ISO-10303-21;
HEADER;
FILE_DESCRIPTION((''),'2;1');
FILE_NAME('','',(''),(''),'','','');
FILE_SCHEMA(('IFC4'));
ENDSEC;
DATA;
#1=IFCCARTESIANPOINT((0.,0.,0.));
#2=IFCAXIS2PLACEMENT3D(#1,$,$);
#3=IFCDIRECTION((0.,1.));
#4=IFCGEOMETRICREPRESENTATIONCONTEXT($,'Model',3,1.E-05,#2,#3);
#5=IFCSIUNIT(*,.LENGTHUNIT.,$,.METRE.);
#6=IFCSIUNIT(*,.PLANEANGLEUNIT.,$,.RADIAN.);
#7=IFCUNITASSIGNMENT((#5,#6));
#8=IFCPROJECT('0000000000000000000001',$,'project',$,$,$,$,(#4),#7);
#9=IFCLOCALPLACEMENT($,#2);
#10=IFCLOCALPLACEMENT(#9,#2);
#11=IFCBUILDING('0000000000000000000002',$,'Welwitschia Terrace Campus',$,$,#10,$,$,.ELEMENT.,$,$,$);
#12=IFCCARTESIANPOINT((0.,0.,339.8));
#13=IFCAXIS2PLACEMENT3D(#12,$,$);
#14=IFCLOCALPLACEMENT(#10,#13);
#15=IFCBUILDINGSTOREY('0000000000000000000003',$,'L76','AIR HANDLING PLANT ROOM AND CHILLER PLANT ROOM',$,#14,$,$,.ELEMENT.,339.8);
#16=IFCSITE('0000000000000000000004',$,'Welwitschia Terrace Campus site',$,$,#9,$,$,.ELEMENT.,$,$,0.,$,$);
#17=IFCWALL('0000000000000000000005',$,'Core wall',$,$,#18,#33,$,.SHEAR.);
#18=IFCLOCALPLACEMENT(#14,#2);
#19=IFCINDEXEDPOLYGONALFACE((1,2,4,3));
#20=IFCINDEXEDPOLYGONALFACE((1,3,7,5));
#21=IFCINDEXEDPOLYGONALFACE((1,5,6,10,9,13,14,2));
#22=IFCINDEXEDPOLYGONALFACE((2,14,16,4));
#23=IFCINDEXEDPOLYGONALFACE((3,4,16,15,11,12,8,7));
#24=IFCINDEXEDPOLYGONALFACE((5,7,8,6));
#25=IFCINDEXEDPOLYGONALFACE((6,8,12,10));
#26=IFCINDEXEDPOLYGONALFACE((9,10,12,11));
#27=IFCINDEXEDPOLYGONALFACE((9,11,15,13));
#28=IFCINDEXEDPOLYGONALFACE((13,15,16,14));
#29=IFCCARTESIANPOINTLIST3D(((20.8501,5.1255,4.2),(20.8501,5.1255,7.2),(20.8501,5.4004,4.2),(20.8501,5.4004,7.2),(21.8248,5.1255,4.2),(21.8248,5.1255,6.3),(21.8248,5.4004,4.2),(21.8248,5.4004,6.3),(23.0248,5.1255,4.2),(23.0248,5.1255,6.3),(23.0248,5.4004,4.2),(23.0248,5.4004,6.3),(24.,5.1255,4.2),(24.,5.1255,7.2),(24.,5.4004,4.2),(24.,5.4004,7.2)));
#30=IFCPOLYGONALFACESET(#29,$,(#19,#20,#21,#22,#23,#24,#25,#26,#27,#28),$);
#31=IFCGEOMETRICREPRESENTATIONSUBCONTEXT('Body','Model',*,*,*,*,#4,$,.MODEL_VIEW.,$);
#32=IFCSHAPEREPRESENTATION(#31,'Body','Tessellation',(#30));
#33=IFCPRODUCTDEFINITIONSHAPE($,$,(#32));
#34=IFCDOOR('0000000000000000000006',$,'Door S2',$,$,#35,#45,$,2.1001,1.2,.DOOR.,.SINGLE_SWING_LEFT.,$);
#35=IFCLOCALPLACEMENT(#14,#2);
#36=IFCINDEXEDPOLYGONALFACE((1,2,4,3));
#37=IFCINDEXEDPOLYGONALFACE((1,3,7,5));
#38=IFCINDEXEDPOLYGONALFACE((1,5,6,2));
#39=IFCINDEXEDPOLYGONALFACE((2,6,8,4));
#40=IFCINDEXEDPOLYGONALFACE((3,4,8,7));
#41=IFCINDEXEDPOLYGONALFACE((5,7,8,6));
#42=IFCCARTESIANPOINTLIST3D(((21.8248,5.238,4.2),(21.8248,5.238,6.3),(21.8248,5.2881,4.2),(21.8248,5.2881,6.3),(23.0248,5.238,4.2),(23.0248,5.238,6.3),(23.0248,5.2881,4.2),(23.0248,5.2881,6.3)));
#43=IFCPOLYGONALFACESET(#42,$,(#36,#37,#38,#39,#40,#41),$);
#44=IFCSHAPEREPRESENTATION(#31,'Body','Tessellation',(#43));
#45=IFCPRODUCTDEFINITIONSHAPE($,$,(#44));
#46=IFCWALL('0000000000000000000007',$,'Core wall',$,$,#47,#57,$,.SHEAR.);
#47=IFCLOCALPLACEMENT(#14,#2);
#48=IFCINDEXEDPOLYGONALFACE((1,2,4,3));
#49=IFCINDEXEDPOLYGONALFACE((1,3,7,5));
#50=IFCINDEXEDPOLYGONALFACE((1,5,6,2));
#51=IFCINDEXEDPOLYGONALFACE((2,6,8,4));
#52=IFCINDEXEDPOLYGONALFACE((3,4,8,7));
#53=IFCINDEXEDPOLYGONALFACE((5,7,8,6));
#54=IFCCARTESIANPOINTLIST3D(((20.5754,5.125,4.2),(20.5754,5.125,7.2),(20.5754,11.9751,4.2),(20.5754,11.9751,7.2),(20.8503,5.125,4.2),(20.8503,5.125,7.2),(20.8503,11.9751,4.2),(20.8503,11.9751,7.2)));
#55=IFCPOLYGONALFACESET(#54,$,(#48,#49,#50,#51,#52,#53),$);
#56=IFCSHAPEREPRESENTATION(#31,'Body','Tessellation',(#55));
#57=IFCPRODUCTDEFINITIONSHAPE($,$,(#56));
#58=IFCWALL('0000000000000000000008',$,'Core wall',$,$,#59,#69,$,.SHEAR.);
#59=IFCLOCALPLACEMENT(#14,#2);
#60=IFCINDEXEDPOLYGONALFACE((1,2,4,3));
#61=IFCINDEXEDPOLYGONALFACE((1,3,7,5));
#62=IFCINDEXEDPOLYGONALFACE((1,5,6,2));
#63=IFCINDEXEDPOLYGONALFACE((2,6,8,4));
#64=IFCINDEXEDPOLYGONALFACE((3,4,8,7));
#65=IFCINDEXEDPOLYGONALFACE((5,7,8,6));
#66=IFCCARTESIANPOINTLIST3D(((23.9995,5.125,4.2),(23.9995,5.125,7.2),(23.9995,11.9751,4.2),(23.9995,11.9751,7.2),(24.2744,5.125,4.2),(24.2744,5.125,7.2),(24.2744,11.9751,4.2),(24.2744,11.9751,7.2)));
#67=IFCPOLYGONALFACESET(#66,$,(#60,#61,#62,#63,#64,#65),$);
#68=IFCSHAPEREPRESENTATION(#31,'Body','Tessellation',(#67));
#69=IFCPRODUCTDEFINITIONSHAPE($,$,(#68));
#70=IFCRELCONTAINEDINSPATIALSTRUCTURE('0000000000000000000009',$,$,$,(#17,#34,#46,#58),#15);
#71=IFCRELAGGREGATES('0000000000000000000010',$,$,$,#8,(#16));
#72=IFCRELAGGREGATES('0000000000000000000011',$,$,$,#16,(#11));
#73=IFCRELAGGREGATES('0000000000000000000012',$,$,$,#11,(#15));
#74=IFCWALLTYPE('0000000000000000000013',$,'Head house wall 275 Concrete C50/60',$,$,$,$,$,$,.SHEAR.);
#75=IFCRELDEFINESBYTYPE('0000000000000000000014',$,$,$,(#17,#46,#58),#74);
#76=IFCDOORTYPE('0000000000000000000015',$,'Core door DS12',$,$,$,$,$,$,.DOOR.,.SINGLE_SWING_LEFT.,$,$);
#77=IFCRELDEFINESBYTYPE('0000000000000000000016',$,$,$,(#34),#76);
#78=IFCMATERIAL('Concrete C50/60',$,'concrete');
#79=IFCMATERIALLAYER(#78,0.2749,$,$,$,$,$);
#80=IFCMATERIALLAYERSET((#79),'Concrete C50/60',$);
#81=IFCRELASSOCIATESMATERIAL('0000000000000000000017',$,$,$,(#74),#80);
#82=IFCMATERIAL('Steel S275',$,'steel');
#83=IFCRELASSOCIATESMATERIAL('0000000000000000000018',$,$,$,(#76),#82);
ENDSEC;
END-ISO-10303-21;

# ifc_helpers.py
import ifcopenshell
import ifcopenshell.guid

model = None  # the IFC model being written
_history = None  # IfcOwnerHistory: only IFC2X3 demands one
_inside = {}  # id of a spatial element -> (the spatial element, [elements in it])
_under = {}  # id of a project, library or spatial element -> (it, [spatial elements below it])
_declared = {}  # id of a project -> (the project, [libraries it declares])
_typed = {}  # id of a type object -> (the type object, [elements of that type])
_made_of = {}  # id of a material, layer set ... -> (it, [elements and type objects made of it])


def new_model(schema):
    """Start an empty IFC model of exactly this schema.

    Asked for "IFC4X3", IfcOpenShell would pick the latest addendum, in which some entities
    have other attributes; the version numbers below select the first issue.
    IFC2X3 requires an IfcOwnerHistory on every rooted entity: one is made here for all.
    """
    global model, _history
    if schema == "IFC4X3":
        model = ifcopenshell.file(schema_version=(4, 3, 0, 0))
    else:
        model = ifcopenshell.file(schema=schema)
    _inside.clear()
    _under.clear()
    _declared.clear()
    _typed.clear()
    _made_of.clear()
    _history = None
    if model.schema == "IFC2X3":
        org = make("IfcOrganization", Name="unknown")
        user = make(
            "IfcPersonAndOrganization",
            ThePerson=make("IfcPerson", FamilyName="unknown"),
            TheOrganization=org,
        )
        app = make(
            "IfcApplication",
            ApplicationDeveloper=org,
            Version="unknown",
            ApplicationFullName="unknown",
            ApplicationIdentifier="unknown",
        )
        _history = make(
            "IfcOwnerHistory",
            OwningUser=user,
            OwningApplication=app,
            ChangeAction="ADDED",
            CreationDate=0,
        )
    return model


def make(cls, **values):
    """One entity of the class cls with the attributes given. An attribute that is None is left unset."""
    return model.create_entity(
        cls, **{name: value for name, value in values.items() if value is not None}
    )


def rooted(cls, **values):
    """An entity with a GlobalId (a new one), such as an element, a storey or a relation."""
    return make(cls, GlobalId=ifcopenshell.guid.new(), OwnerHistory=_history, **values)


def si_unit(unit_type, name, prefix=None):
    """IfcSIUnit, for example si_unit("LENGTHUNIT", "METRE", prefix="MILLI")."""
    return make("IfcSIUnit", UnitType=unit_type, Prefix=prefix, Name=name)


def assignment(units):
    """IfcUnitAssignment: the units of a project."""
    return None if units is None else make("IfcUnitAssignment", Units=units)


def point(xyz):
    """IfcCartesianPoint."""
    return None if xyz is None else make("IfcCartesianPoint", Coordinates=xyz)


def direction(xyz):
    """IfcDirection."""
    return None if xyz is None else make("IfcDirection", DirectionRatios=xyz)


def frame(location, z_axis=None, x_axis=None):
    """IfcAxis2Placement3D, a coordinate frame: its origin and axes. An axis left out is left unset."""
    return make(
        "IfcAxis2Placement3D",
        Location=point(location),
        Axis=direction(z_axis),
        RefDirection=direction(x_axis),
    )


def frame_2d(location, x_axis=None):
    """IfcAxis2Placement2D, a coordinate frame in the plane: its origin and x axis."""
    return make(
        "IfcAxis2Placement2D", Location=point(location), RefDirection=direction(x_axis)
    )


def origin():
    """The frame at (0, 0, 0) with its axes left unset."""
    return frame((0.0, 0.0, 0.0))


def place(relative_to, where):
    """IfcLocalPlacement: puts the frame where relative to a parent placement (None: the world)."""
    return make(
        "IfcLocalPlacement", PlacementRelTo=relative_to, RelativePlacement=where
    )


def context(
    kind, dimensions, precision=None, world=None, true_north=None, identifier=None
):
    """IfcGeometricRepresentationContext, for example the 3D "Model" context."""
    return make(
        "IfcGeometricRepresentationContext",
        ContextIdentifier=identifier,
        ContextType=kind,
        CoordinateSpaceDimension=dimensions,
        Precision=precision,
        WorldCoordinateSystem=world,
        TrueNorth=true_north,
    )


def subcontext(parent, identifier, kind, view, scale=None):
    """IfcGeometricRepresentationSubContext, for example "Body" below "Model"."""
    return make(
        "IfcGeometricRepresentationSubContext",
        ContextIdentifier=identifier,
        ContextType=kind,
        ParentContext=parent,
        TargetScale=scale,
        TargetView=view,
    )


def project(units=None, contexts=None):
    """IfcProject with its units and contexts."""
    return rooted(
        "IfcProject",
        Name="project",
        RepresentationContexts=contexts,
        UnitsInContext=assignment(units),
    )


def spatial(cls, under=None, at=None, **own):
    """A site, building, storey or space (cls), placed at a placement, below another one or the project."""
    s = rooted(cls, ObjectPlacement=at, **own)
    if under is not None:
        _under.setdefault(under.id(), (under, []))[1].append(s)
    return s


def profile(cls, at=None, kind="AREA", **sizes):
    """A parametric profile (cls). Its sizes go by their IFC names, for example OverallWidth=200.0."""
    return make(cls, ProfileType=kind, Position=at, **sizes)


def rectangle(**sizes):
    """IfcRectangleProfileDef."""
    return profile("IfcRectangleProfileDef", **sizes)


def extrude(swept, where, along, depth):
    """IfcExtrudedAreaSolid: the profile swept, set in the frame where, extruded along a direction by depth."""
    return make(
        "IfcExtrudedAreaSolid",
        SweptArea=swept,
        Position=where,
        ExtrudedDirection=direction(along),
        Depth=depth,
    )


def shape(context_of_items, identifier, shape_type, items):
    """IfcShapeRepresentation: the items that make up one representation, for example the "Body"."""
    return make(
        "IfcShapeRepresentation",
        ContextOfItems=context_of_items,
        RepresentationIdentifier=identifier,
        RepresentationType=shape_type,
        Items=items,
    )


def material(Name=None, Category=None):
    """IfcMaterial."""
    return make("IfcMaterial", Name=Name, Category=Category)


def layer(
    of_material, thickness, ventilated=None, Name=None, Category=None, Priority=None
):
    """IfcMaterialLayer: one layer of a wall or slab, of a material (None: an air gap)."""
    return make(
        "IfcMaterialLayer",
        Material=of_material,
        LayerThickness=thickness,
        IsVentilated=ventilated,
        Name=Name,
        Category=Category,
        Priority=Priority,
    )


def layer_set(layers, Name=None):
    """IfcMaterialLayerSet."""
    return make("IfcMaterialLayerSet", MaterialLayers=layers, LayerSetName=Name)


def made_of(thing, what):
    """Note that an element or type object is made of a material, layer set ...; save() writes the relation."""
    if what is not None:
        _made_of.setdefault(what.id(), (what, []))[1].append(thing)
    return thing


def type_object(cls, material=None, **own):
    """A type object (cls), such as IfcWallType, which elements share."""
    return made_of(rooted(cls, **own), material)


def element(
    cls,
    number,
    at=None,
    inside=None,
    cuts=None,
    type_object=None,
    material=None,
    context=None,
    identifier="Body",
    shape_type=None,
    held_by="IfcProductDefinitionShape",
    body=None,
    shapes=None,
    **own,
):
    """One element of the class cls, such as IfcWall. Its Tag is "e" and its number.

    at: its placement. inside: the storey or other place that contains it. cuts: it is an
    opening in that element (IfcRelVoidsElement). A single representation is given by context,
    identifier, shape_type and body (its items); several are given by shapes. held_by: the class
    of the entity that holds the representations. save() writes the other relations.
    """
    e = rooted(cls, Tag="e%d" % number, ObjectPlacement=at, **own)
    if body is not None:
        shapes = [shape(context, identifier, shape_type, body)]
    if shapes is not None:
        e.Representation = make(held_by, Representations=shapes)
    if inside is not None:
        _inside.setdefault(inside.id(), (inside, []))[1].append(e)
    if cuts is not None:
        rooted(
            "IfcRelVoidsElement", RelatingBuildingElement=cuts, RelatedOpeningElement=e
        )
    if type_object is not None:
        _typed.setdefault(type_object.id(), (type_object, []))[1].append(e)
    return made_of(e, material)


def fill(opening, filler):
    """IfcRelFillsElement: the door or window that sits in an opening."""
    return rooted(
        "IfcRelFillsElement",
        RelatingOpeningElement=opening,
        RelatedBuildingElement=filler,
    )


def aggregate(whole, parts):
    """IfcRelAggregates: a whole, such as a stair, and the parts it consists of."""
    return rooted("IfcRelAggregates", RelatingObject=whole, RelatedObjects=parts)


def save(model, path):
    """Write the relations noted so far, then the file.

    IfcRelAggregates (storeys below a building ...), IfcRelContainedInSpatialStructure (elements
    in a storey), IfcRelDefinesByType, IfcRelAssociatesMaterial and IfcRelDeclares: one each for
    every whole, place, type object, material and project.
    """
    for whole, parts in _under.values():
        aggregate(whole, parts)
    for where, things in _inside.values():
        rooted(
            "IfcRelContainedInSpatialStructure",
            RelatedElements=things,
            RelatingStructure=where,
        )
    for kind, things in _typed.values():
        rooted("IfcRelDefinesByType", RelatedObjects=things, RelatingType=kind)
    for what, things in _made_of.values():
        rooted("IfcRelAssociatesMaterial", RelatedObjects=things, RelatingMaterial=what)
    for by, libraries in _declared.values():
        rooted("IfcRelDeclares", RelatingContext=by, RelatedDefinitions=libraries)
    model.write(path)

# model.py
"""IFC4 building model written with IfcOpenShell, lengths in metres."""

from ifc_helpers import new_model, si_unit, direction, frame, frame_2d, origin, place, context, subcontext, project, spatial, rectangle, extrude, material, layer, layer_set, type_object, element, fill, save


model = new_model("IFC4")

# Units and contexts
model_context = context("Model", 3, precision=1e-05, world=origin(), true_north=direction((0.0, 1.0)))
body_context = subcontext(model_context, "Body", "Model", "MODEL_VIEW")
ifc_project = project(units=[si_unit("LENGTHUNIT", "METRE"), si_unit("PLANEANGLEUNIT", "RADIAN")], contexts=[model_context])

# Site, building, storey
site_placement = place(None, origin())
site = spatial("IfcSite", under=ifc_project, at=site_placement, Name="Welwitschia Terrace Campus site", CompositionType="ELEMENT", RefElevation=0.0)
building_placement = place(site_placement, origin())
building = spatial("IfcBuilding", under=site, at=building_placement, Name="Welwitschia Terrace Campus", CompositionType="ELEMENT")
storey_placement = place(building_placement, frame((0.0, 0.0, 339.8)))
storey = spatial("IfcBuildingStorey", under=building, at=storey_placement, Name="L76", Description="AIR HANDLING PLANT ROOM AND CHILLER PLANT ROOM", CompositionType="ELEMENT", Elevation=339.8)

# Wall, opening, door
ifc_material_1 = material(Name="Concrete C50/60", Category="concrete")
ifc_layer_1 = layer(ifc_material_1, 0.2749)
ifc_layer_set_1 = layer_set([ifc_layer_1], Name="Concrete C50/60")
wall_type_1 = type_object("IfcWallType", Name="Head house wall 275 Concrete C50/60", PredefinedType="SHEAR", material=ifc_layer_set_1)
wall_1_placement = place(storey_placement, frame((24.0, 5.2629, 4.2), z_axis=(0.0, 0.0, 1.0), x_axis=(-1.0, 0.0, 0.0)))
wall_1 = element("IfcWall", 1, at=wall_1_placement, inside=storey, type_object=wall_type_1, Name="Core wall", PredefinedType="SHEAR", context=body_context, shape_type="SweptSolid", body=[
    extrude(rectangle(XDim=3.1499, YDim=0.2749, at=frame_2d((1.575, 0.0))), origin(), (0.0, 0.0, 1.0), 3.0),
])
opening_1_placement = place(wall_1_placement, frame((0.9751, 0.0, 0.0)))
opening_1 = element("IfcOpeningElement", 2, at=opening_1_placement, cuts=wall_1, PredefinedType="OPENING", context=body_context, shape_type="SweptSolid", body=[
    extrude(rectangle(XDim=1.2, YDim=2.1001, at=frame_2d((0.6001, 1.05))), frame((0.0, 0.1475, 0.0), z_axis=(0.0, -1.0, 0.0), x_axis=(1.0, 0.0, 0.0)), (0.0, 0.0, 1.0), 0.2949),
])
ifc_material_2 = material(Name="Steel S275", Category="steel")
door_type_1 = type_object("IfcDoorType", Name="Core door DS12", OperationType="SINGLE_SWING_LEFT", PredefinedType="DOOR", material=ifc_material_2)
door_1_placement = place(opening_1_placement, origin())
door_1 = element("IfcDoor", 3, at=door_1_placement, inside=storey, type_object=door_type_1, Name="Door S2", OperationType="SINGLE_SWING_LEFT", OverallHeight=2.1001, OverallWidth=1.2, PredefinedType="DOOR", context=body_context, shape_type="SweptSolid", body=[
    extrude(rectangle(XDim=1.2, YDim=2.1001, at=frame_2d((0.6001, 1.05))), frame((0.0, 0.0249, 0.0), z_axis=(0.0, -1.0, 0.0), x_axis=(1.0, 0.0, 0.0)), (0.0, 0.0, 1.0), 0.05),
])
fill(opening_1, door_1)

# Walls
for number, where, z_axis, x_axis, name in (
    (4, (20.7129, 5.125, 4.2), (0.0, 0.0, 1.0), (0.0, 1.0, 0.0), "Core wall"),
    (5, (24.137, 5.125, 4.2), (0.0, 0.0, 1.0), (0.0, 1.0, 0.0), "Core wall"),
):
    element("IfcWall", number, at=place(storey_placement, frame(where, z_axis=z_axis, x_axis=x_axis)), inside=storey, type_object=wall_type_1, Name=name, PredefinedType="SHEAR", context=body_context, shape_type="SweptSolid", body=[
        extrude(rectangle(XDim=6.8501, YDim=0.2749, at=frame_2d((3.425, 0.0))), origin(), (0.0, 0.0, 1.0), 3.0),
    ])

save(model, "model.ifc")
